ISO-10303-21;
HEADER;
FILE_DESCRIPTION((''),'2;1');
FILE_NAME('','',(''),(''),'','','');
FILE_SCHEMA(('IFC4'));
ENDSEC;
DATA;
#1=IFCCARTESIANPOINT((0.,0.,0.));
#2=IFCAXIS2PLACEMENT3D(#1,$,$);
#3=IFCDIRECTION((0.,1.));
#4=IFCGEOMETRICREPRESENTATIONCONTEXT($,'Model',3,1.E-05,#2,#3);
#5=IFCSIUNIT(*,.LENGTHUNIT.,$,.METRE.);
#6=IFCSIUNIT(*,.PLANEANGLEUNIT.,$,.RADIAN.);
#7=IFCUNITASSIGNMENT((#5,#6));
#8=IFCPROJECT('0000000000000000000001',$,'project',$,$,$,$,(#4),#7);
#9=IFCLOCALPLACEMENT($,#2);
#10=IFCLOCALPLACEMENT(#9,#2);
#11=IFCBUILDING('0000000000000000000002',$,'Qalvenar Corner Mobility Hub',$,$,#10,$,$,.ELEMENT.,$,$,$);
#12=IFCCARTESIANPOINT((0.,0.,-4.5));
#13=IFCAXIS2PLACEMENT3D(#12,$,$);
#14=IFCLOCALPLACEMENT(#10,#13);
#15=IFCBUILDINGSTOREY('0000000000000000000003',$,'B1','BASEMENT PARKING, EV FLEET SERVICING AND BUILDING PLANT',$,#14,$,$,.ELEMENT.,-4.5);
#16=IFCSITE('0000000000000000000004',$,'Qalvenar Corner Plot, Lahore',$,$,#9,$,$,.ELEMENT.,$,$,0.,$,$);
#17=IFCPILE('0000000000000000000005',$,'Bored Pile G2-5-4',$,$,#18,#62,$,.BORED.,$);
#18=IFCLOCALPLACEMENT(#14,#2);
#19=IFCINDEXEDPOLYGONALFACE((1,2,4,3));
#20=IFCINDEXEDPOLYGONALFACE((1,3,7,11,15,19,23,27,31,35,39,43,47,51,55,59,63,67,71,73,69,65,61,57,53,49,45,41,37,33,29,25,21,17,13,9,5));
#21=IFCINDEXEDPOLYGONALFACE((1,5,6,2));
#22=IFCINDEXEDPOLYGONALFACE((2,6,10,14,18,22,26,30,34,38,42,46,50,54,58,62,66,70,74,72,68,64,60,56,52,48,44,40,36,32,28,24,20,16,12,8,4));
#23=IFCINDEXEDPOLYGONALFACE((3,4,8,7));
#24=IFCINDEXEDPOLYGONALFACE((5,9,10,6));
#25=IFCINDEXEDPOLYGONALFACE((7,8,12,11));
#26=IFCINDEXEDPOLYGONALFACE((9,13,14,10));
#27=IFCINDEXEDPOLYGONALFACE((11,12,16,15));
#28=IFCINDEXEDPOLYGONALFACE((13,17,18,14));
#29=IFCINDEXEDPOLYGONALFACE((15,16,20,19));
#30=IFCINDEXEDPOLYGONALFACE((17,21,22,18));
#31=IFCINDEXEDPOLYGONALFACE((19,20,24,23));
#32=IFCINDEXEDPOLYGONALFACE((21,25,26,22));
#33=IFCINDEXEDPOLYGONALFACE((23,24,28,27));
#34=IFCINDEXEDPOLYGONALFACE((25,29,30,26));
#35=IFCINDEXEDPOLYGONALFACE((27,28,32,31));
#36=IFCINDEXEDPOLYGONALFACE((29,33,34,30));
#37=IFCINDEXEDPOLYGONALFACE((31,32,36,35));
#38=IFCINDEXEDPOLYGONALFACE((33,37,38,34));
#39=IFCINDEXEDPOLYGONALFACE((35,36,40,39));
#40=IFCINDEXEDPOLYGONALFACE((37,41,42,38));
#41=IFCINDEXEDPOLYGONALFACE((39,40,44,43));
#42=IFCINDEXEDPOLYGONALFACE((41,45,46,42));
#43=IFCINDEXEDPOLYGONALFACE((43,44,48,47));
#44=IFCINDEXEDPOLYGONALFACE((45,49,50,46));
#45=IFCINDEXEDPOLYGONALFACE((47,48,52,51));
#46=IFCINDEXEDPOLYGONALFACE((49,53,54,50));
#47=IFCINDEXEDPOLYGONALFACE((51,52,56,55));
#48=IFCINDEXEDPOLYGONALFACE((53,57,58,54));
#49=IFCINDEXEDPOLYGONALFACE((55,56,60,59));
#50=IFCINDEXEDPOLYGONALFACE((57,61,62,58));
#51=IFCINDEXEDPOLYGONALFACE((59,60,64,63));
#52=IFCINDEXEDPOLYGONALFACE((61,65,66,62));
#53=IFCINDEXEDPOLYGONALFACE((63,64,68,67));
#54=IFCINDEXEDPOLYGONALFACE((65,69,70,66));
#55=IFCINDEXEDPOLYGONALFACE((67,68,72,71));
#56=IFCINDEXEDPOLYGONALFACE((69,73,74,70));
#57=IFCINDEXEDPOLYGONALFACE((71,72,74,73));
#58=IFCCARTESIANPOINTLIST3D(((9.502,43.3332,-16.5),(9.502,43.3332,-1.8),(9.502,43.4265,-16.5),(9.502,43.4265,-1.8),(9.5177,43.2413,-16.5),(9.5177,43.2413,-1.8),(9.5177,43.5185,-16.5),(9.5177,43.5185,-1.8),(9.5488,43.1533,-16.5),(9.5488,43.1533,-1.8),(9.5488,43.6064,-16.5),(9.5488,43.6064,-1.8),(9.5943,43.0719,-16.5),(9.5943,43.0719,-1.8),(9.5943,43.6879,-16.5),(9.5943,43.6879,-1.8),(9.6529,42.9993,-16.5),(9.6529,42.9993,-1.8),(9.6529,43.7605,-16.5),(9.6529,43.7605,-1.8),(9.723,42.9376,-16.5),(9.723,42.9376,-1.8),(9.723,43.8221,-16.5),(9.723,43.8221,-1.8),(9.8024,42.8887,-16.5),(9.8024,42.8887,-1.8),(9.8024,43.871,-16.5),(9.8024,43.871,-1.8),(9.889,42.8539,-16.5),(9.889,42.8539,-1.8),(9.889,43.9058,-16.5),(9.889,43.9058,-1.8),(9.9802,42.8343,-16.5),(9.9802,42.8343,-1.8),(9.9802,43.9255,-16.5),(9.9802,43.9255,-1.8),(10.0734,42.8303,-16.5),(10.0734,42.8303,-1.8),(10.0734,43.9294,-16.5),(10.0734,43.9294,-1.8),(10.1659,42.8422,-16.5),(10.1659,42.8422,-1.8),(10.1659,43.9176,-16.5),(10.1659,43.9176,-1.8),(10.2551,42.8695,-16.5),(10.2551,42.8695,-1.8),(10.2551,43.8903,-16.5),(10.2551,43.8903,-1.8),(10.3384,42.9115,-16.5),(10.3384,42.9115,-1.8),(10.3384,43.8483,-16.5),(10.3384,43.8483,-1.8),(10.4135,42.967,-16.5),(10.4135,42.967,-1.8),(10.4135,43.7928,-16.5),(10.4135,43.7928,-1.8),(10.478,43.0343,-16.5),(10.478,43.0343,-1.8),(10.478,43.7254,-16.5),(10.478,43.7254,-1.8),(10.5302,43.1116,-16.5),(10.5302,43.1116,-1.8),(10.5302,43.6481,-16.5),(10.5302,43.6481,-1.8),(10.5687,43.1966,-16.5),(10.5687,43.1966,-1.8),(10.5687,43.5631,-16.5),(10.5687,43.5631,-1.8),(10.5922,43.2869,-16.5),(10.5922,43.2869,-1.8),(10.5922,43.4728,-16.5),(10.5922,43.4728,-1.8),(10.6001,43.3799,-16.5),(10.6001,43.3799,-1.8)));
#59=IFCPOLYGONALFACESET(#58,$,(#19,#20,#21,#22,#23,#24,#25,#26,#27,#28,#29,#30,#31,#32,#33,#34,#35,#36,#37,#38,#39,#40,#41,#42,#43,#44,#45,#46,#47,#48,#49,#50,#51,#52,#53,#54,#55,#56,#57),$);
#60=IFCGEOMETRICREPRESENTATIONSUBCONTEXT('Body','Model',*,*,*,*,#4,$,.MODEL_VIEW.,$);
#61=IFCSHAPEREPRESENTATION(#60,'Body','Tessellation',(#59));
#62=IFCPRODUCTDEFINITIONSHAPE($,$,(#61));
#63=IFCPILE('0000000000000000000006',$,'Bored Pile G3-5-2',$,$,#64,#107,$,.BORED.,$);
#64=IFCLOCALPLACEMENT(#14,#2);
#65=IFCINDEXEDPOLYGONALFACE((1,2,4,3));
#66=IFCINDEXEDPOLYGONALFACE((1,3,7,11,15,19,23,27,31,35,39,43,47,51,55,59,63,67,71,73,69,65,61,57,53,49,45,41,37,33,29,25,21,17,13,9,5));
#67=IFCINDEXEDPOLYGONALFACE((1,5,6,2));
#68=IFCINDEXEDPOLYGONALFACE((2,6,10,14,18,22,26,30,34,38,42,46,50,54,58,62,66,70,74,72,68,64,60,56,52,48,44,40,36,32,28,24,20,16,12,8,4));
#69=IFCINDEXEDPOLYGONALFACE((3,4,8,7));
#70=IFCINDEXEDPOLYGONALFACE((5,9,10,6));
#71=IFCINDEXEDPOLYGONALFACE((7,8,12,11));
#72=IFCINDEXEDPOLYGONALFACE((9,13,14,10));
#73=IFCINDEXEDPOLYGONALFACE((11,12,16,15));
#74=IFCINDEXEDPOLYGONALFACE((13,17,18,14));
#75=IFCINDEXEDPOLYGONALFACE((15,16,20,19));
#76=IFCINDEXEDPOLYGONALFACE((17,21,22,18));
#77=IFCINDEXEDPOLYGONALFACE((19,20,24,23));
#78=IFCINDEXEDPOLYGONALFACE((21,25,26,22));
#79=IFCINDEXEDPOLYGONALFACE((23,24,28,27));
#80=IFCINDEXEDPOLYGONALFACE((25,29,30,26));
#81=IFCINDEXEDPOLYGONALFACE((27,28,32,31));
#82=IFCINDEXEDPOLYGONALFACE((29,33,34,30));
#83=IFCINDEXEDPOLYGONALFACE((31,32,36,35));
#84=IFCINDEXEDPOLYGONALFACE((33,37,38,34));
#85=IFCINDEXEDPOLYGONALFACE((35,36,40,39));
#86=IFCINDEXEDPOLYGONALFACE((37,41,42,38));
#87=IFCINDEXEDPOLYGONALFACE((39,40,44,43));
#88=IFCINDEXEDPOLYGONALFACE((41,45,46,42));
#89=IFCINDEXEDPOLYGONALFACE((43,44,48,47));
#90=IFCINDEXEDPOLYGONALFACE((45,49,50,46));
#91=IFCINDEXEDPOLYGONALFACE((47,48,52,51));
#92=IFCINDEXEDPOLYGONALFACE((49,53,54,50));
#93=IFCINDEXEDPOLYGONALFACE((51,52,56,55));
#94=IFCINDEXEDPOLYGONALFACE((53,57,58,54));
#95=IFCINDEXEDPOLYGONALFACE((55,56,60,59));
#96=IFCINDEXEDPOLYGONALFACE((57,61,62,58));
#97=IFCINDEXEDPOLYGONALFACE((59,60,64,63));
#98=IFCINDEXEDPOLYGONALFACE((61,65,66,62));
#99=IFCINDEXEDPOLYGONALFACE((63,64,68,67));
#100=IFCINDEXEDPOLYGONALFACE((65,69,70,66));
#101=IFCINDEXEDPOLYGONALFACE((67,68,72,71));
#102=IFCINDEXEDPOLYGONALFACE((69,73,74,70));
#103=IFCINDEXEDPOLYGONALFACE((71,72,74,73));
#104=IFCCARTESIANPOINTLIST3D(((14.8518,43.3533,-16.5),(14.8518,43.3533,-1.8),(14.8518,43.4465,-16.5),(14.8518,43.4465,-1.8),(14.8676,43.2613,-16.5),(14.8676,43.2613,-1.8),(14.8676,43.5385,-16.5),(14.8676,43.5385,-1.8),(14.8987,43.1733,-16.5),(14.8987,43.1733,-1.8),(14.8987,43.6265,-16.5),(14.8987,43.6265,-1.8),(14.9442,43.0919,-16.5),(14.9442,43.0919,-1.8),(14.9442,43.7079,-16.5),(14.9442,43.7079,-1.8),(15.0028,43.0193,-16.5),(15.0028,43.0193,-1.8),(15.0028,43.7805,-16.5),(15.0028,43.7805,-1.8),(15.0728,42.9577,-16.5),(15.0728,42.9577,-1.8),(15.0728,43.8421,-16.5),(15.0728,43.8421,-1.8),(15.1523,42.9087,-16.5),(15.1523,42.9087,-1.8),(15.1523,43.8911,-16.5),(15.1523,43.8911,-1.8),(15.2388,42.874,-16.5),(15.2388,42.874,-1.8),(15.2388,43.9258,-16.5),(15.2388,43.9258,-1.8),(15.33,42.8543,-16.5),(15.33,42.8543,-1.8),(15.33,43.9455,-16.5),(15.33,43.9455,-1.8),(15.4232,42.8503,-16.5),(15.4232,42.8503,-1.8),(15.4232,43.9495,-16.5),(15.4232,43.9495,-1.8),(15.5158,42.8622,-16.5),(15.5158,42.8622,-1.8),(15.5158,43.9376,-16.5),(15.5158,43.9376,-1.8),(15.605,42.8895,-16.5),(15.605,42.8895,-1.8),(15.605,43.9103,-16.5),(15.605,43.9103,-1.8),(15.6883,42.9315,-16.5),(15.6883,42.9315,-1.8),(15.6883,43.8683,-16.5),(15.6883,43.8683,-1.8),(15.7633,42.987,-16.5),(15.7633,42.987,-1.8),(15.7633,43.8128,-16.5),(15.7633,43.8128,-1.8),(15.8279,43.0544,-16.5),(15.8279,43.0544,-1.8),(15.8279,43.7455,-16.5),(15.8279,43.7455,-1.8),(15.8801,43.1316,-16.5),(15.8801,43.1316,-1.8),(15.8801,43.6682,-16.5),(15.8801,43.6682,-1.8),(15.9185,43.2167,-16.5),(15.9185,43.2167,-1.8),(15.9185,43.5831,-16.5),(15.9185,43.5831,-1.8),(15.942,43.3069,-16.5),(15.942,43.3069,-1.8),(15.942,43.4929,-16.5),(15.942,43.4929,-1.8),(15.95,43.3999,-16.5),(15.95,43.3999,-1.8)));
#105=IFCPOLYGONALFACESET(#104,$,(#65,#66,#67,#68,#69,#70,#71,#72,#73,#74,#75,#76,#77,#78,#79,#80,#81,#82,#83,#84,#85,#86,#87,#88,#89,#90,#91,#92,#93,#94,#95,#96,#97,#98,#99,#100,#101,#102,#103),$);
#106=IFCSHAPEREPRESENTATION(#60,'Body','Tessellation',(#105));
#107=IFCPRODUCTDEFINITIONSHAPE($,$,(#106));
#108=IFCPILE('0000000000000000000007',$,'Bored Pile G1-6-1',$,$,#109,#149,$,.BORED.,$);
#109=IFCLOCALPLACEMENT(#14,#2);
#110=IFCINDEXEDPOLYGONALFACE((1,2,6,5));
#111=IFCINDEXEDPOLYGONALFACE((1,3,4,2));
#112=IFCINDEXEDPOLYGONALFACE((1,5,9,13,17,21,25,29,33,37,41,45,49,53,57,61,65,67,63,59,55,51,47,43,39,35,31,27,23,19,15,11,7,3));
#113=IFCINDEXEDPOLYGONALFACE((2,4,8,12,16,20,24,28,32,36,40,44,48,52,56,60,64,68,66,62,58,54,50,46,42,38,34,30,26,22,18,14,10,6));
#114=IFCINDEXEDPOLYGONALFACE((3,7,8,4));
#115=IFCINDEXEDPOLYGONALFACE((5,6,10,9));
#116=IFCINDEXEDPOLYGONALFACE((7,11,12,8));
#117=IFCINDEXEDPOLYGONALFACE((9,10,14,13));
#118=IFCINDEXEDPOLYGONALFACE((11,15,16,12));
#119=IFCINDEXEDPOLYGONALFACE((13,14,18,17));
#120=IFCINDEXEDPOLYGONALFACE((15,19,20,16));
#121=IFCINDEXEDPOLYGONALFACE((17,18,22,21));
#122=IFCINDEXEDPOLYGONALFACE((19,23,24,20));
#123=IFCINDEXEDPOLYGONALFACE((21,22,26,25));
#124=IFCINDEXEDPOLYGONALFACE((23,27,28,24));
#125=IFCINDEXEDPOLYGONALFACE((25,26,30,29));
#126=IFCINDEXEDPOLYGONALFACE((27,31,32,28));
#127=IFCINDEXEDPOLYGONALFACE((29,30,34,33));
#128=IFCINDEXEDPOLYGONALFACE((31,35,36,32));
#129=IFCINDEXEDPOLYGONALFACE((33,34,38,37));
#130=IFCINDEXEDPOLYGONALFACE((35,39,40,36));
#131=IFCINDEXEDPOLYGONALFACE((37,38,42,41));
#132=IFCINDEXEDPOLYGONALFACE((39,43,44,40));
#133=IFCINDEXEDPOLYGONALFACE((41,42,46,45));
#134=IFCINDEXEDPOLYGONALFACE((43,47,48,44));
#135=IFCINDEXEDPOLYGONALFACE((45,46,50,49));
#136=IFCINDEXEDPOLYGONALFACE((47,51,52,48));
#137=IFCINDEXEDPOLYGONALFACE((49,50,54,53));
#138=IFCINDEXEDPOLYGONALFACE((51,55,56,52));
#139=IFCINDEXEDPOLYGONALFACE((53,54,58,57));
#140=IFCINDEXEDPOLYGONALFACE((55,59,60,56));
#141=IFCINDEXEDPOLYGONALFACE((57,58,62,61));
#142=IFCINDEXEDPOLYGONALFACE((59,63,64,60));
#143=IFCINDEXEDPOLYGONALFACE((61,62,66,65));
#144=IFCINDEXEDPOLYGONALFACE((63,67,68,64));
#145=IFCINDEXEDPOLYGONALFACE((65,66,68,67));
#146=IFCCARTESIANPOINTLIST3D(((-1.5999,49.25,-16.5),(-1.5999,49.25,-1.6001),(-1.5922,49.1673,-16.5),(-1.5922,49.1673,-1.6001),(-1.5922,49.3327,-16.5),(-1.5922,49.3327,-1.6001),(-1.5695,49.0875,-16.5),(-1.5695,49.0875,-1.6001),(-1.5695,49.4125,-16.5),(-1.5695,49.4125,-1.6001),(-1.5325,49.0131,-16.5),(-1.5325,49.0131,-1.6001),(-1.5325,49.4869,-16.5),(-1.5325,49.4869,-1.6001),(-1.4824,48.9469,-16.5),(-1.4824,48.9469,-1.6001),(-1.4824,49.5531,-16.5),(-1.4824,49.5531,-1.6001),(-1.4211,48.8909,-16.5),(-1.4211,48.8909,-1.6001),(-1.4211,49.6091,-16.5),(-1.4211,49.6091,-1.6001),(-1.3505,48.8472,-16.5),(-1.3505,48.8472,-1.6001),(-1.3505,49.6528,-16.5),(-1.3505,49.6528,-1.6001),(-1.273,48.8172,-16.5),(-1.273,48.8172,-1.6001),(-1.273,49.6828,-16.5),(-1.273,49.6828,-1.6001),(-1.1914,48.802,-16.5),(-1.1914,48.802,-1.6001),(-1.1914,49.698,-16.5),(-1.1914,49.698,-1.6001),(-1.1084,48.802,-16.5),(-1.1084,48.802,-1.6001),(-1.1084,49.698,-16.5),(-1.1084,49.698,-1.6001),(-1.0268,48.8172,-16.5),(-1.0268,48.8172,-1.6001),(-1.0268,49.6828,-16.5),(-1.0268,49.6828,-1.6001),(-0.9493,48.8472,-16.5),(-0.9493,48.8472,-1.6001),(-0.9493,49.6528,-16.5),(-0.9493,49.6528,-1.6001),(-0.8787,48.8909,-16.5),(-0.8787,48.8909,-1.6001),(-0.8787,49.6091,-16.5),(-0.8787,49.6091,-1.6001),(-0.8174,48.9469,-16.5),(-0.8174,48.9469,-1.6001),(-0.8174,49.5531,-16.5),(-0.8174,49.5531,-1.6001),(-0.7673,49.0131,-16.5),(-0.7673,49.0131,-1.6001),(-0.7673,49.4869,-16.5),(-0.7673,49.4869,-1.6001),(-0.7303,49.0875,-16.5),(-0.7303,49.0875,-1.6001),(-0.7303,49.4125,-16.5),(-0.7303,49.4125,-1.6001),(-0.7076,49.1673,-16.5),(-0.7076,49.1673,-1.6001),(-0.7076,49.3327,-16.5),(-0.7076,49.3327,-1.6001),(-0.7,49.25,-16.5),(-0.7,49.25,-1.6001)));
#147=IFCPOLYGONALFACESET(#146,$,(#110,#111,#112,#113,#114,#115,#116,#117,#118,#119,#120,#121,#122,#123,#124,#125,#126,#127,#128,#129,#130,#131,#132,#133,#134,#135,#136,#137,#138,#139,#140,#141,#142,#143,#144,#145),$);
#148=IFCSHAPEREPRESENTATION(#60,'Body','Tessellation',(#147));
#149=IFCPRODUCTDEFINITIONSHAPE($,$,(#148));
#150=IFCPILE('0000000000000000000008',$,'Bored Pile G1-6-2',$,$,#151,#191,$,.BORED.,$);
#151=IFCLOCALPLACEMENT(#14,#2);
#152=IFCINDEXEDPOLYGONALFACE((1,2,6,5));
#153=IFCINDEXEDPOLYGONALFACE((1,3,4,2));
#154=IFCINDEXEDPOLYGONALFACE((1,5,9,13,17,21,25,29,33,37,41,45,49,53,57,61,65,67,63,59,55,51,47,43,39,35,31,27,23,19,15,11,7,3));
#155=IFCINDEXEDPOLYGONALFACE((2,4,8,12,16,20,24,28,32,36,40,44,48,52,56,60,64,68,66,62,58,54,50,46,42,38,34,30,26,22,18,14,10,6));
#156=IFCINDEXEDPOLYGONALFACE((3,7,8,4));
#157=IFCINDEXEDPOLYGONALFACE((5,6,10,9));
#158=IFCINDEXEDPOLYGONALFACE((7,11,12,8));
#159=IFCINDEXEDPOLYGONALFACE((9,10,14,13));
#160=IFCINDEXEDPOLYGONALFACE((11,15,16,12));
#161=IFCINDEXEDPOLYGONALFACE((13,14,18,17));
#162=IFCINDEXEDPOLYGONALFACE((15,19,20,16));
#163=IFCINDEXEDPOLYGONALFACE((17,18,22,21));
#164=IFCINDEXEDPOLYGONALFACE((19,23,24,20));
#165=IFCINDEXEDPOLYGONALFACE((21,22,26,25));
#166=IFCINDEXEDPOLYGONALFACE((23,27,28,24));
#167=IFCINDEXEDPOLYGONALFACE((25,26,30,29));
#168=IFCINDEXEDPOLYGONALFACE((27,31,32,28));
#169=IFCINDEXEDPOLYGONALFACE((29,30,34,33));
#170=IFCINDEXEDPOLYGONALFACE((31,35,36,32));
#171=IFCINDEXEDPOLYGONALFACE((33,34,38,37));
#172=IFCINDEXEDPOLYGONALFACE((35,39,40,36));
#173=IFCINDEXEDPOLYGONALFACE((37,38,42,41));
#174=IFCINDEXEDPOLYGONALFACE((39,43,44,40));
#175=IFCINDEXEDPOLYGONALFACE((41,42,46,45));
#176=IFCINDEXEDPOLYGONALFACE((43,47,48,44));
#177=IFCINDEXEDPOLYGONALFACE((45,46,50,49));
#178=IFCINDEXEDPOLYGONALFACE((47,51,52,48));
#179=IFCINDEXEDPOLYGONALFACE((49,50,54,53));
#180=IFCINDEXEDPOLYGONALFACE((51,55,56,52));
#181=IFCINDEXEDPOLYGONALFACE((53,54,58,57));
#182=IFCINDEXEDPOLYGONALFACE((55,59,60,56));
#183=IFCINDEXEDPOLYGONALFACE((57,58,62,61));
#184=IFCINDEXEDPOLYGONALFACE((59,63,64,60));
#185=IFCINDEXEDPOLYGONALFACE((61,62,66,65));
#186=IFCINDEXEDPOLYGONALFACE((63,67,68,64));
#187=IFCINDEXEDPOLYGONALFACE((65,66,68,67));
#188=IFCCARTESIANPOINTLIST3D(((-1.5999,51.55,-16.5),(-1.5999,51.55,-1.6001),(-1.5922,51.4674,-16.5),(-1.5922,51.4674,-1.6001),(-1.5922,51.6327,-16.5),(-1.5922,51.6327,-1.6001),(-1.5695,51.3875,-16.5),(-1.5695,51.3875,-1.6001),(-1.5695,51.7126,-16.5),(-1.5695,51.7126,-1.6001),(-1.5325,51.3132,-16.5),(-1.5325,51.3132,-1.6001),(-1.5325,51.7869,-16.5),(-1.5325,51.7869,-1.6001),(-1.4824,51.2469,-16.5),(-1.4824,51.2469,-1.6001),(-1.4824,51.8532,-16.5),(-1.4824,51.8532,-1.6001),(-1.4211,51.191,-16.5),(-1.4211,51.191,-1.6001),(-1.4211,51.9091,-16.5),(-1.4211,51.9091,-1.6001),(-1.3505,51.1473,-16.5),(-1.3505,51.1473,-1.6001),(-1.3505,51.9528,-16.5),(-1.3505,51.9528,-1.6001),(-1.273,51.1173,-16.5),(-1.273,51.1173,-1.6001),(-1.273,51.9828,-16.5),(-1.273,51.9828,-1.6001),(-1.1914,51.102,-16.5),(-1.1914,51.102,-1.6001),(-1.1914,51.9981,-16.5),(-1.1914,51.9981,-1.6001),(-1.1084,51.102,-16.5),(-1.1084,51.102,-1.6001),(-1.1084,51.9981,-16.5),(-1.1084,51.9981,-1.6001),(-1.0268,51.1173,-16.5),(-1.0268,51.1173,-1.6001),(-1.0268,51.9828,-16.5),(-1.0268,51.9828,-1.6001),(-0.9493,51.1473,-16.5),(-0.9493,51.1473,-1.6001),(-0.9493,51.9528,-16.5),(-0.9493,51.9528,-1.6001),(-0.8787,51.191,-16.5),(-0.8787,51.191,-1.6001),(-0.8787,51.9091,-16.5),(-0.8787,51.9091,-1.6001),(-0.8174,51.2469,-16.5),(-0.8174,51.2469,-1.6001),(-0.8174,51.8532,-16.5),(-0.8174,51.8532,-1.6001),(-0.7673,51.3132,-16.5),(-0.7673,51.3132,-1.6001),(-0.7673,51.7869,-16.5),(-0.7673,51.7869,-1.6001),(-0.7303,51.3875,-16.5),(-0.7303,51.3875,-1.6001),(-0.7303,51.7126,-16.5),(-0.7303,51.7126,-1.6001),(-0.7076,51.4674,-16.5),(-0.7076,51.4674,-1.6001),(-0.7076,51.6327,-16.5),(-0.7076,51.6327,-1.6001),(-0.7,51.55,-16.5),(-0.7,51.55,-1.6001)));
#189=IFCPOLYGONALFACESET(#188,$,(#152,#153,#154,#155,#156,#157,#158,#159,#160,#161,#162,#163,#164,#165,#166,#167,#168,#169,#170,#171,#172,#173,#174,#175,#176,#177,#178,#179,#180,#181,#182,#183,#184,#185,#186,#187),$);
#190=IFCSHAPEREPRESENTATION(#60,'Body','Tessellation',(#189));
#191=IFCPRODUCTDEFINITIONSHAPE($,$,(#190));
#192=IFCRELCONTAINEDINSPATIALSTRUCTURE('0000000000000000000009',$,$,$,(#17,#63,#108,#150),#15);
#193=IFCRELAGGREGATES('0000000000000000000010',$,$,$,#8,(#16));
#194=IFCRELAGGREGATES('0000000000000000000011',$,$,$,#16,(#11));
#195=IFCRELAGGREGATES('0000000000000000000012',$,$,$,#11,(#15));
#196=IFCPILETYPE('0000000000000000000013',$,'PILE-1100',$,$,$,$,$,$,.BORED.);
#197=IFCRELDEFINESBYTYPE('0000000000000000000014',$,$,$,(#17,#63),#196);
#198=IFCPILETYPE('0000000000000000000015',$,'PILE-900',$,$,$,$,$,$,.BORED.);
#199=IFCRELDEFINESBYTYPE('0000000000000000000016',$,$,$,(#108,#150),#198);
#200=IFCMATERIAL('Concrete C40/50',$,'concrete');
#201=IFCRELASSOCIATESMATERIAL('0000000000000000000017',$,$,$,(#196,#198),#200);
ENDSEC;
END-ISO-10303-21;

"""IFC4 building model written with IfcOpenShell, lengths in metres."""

from ifc_helpers import new_model, si_unit, direction, frame, origin, origin_2d, place, context, subcontext, project, spatial, circle, extrude, material, material_profile, profile_set, type_object, element, save


model = new_model("IFC4")

# Units and contexts
model_context = context("Model", 3, precision=1e-05, world=origin(), true_north=direction((0.0, 1.0)))
body_context = subcontext(model_context, "Body", "Model", "MODEL_VIEW")
ifc_project = project(units=[si_unit("LENGTHUNIT", "METRE"), si_unit("PLANEANGLEUNIT", "RADIAN")], contexts=[model_context])

# Site, building, storey
site_placement = place(None, origin())
site = spatial("IfcSite", under=ifc_project, at=site_placement, Name="Qalvenar Corner Plot, Lahore", CompositionType="ELEMENT", RefElevation=0.0)
building_placement = place(site_placement, origin())
building = spatial("IfcBuilding", under=site, at=building_placement, Name="Qalvenar Corner Mobility Hub", CompositionType="ELEMENT")
storey_placement = place(building_placement, frame((0.0, 0.0, -4.5)))
storey = spatial("IfcBuildingStorey", under=building, at=storey_placement, Name="B1", Description="BASEMENT PARKING, EV FLEET SERVICING AND BUILDING PLANT", CompositionType="ELEMENT", Elevation=-4.5)

# Shared definitions
ifc_material_1 = material(Name="Concrete C40/50", Category="concrete")

# Piles
ifc_material_profile_1 = material_profile(ifc_material_1, circle(Radius=0.55, at=origin_2d()), Name="DIA1100")
ifc_profile_set_1 = profile_set([ifc_material_profile_1], Name="Concrete C40/50")
pile_type_1 = type_object("IfcPileType", Name="PILE-1100", PredefinedType="BORED", material=ifc_profile_set_1)
for number, where, z_axis, x_axis, name in (
    (1, (10.05, 43.3799, -1.8), (0.0, 0.0, -1.0), (1.0, 0.0, 0.0), "Bored Pile G2-5-4"),
    (2, (15.3999, 43.3999, -1.8), (0.0, 0.0, -1.0), (1.0, 0.0, 0.0), "Bored Pile G3-5-2"),
):
    element("IfcPile", number, at=place(storey_placement, frame(where, z_axis=z_axis, x_axis=x_axis)), inside=storey, type_object=pile_type_1, Name=name, PredefinedType="BORED", context=body_context, shape_type="SweptSolid", body=[
        extrude(circle(Radius=0.55, at=origin_2d()), origin(), (0.0, 0.0, 1.0), 14.7),
    ])
ifc_material_profile_2 = material_profile(ifc_material_1, circle(Radius=0.45, at=origin_2d()), Name="DIA900")
ifc_profile_set_2 = profile_set([ifc_material_profile_2], Name="Concrete C40/50")
pile_type_2 = type_object("IfcPileType", Name="PILE-900", PredefinedType="BORED", material=ifc_profile_set_2)
for number, where, z_axis, x_axis, name in (
    (3, (-1.1499, 49.25, -1.6001), (0.0, 0.0, -1.0), (1.0, 0.0, 0.0), "Bored Pile G1-6-1"),
    (4, (-1.1499, 51.55, -1.6001), (0.0, 0.0, -1.0), (1.0, 0.0, 0.0), "Bored Pile G1-6-2"),
):
    element("IfcPile", number, at=place(storey_placement, frame(where, z_axis=z_axis, x_axis=x_axis)), inside=storey, type_object=pile_type_2, Name=name, PredefinedType="BORED", context=body_context, shape_type="SweptSolid", body=[
        extrude(circle(Radius=0.45, at=origin_2d()), origin(), (0.0, 0.0, 1.0), 14.8999),
    ])

save(model, "model.ifc")
